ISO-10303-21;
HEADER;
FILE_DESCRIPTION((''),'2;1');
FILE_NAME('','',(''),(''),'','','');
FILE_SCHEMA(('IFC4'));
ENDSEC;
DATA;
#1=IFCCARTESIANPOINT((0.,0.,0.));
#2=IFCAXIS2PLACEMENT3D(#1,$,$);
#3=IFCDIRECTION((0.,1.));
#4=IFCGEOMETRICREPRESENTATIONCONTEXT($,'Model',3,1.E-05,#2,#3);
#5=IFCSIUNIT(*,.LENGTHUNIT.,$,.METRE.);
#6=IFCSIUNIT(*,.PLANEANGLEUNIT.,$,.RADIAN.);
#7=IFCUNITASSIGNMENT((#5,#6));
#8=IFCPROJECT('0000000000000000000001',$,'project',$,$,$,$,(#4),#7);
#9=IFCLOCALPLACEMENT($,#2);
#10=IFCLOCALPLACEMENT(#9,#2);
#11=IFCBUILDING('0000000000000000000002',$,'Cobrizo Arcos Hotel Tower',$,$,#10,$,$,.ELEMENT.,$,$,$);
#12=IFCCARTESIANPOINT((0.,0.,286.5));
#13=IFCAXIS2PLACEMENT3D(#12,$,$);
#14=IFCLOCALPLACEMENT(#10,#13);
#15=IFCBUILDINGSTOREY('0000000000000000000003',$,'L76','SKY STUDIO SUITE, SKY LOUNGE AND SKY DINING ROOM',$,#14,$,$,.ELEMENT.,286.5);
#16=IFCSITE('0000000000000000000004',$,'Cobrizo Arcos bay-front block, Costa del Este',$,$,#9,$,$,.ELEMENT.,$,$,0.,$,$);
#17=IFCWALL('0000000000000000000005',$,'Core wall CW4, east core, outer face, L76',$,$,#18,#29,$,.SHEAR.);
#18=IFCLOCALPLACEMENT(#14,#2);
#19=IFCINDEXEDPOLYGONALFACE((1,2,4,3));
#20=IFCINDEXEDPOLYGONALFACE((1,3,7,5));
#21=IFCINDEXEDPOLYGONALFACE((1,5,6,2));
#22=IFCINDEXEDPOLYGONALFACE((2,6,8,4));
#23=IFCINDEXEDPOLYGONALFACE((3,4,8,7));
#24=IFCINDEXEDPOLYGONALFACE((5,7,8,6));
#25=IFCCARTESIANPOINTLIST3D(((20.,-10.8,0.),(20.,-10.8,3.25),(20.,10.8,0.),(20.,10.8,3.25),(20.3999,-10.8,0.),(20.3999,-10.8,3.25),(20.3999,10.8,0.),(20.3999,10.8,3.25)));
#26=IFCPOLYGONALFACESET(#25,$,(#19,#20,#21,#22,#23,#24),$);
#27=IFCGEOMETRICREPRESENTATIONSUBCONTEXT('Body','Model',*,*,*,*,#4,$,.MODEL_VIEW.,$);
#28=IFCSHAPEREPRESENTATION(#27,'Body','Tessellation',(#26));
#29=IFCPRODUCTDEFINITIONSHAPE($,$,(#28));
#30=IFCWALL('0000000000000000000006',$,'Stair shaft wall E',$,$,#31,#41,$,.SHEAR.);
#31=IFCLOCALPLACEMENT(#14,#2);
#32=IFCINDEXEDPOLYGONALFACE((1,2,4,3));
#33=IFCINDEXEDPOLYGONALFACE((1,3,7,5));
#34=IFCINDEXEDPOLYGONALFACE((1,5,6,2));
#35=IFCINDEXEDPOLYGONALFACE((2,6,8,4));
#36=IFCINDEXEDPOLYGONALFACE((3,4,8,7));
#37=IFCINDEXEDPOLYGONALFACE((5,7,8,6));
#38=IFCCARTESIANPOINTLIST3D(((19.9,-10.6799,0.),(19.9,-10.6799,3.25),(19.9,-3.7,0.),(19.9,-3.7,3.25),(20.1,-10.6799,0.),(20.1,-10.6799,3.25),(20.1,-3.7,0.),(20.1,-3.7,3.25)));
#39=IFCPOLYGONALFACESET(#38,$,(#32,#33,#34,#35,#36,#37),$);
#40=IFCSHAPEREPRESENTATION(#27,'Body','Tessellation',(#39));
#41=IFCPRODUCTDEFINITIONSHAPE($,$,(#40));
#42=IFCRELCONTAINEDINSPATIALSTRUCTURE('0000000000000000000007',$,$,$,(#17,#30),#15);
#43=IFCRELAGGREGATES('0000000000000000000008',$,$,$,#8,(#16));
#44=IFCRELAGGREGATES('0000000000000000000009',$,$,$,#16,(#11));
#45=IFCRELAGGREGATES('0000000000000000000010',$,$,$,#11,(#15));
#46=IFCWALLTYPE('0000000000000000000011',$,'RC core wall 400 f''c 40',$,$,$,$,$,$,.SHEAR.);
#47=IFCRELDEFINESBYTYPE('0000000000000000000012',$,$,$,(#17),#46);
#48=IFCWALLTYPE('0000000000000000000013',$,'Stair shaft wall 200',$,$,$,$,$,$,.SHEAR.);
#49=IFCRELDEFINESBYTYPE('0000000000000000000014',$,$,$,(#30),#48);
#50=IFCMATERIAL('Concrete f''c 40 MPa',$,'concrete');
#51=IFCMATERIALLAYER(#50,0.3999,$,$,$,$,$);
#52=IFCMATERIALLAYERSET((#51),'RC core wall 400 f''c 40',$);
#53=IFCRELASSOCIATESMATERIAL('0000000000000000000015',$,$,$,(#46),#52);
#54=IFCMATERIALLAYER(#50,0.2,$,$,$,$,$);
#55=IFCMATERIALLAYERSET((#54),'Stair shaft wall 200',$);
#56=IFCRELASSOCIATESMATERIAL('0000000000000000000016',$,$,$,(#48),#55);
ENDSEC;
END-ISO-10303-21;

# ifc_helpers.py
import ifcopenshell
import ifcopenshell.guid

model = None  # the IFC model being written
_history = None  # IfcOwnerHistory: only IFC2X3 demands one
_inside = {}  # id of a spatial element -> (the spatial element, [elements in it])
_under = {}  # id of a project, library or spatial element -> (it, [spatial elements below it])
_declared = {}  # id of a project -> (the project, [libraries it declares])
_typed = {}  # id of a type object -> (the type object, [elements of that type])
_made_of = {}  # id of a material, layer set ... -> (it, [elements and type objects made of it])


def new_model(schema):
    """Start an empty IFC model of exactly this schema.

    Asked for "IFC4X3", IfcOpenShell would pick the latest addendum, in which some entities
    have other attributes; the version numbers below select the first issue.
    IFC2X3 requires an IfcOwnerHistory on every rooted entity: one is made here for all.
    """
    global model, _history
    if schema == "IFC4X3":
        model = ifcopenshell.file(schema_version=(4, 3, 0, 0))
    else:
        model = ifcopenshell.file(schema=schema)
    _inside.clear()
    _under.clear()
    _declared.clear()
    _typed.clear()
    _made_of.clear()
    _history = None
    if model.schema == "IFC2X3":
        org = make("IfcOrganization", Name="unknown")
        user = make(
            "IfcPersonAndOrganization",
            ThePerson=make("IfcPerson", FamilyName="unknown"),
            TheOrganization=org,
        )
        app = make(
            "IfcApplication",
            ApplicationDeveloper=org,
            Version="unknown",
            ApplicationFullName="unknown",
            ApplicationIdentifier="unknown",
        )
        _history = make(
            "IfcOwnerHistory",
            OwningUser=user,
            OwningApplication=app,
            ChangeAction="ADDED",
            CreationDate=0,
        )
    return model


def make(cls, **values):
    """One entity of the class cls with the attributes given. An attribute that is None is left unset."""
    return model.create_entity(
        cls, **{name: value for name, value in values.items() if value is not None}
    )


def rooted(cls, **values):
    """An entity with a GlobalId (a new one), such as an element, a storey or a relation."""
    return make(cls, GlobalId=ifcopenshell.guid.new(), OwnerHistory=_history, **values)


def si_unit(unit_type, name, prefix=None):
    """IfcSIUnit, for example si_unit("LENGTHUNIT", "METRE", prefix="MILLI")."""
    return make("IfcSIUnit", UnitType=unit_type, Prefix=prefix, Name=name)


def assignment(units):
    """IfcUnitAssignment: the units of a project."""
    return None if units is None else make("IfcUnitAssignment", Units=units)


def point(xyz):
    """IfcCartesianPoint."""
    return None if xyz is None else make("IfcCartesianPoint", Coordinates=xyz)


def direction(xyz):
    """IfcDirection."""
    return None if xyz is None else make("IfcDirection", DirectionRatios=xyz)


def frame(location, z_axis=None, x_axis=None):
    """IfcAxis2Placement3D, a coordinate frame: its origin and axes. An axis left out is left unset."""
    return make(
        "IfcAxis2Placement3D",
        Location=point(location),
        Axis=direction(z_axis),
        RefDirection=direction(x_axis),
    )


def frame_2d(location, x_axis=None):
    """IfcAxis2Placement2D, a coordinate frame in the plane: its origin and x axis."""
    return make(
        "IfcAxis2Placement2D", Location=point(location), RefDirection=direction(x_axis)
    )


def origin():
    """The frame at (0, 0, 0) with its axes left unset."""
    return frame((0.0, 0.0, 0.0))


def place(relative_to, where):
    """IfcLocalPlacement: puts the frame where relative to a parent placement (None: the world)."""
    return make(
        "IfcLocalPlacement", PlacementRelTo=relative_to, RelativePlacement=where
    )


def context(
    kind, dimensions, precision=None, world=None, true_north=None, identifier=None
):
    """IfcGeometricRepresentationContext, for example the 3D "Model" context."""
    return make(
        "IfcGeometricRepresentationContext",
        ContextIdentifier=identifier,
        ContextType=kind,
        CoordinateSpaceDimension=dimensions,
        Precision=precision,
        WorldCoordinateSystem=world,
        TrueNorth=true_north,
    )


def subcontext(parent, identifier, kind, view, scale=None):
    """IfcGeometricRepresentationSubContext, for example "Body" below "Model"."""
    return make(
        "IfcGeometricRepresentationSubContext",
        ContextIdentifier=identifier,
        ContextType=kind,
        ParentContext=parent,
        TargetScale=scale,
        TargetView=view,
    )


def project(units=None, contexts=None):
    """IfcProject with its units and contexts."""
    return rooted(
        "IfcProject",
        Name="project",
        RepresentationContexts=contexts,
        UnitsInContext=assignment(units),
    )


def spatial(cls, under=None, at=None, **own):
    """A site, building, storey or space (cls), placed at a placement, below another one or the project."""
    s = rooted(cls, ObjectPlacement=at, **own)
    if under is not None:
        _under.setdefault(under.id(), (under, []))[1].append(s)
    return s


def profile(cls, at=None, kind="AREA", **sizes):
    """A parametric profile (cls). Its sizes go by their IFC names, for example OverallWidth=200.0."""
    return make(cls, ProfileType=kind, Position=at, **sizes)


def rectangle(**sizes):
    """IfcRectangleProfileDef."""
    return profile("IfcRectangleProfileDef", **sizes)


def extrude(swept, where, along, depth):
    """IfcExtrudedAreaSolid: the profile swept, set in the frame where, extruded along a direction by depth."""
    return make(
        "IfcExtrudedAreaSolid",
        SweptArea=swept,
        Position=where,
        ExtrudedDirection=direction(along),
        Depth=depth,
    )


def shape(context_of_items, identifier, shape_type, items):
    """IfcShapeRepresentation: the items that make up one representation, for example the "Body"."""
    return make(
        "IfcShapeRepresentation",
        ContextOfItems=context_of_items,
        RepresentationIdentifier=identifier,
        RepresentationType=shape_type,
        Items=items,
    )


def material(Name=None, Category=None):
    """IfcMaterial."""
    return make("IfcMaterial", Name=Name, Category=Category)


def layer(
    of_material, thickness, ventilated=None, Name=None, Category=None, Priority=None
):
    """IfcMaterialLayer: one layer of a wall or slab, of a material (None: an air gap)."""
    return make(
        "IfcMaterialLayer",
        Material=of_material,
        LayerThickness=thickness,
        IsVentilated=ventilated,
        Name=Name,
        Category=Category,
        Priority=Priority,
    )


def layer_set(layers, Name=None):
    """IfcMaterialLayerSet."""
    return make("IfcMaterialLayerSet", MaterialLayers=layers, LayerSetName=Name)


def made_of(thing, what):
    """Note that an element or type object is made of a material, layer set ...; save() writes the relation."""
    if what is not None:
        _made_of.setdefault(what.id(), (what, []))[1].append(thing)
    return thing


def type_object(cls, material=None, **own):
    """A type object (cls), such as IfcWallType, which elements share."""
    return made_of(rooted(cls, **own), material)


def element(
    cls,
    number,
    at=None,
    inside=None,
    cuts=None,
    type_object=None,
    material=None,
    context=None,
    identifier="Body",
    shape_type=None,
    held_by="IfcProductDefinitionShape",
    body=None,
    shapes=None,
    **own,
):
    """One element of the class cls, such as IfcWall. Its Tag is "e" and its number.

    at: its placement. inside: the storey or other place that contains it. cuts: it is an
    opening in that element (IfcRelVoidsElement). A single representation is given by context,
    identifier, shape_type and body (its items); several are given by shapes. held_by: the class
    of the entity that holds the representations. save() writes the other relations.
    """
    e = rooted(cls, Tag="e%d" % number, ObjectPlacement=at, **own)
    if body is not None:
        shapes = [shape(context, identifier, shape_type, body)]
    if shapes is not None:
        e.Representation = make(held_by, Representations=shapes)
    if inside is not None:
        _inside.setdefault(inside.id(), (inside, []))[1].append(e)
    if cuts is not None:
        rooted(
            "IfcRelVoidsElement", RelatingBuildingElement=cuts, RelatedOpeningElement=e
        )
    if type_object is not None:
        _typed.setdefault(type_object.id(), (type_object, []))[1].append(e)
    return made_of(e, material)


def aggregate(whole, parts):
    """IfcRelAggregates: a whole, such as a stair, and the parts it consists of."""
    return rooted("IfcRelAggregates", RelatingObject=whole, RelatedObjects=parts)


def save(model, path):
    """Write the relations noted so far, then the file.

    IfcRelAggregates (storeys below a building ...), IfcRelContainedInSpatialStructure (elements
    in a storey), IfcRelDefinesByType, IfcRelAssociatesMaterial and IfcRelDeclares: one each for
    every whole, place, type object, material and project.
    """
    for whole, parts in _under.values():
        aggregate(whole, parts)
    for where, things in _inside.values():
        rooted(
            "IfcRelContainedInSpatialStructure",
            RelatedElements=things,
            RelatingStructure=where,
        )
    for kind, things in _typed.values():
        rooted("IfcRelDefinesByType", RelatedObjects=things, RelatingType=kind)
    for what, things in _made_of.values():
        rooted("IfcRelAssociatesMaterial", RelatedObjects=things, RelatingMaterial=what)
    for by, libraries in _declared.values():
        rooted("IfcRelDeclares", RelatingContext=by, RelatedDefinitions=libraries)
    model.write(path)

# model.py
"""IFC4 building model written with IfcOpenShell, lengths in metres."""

from ifc_helpers import new_model, si_unit, direction, frame, frame_2d, origin, place, context, subcontext, project, spatial, rectangle, extrude, material, layer, layer_set, type_object, element, save


model = new_model("IFC4")

# Units and contexts
model_context = context("Model", 3, precision=1e-05, world=origin(), true_north=direction((0.0, 1.0)))
body_context = subcontext(model_context, "Body", "Model", "MODEL_VIEW")
ifc_project = project(units=[si_unit("LENGTHUNIT", "METRE"), si_unit("PLANEANGLEUNIT", "RADIAN")], contexts=[model_context])

# Site, building, storey
site_placement = place(None, origin())
site = spatial("IfcSite", under=ifc_project, at=site_placement, Name="Cobrizo Arcos bay-front block, Costa del Este", CompositionType="ELEMENT", RefElevation=0.0)
building_placement = place(site_placement, origin())
building = spatial("IfcBuilding", under=site, at=building_placement, Name="Cobrizo Arcos Hotel Tower", CompositionType="ELEMENT")
storey_placement = place(building_placement, frame((0.0, 0.0, 286.5)))
storey = spatial("IfcBuildingStorey", under=building, at=storey_placement, Name="L76", Description="SKY STUDIO SUITE, SKY LOUNGE AND SKY DINING ROOM", CompositionType="ELEMENT", Elevation=286.5)

# Shared definitions
ifc_material_1 = material(Name="Concrete f'c 40 MPa", Category="concrete")
ifc_layer_1 = layer(ifc_material_1, 0.3999)
ifc_layer_set_1 = layer_set([ifc_layer_1], Name="RC core wall 400 f'c 40")
wall_type_1 = type_object("IfcWallType", Name="RC core wall 400 f'c 40", PredefinedType="SHEAR", material=ifc_layer_set_1)

# Walls
wall_1_placement = place(storey_placement, frame((20.2, -10.8, 0.0), z_axis=(0.0, 0.0, 1.0), x_axis=(0.0, 1.0, 0.0)))
element("IfcWall", 1, at=wall_1_placement, inside=storey, type_object=wall_type_1, Name="Core wall CW4, east core, outer face, L76", PredefinedType="SHEAR", context=body_context, shape_type="SweptSolid", body=[
    extrude(rectangle(XDim=21.6001, YDim=0.3999, at=frame_2d((10.8, 0.0))), origin(), (0.0, 0.0, 1.0), 3.25),
])
ifc_layer_2 = layer(ifc_material_1, 0.2)
ifc_layer_set_2 = layer_set([ifc_layer_2], Name="Stair shaft wall 200")
wall_type_2 = type_object("IfcWallType", Name="Stair shaft wall 200", PredefinedType="SHEAR", material=ifc_layer_set_2)
wall_2_placement = place(storey_placement, frame((20.0, -10.6799, 0.0), z_axis=(0.0, 0.0, 1.0), x_axis=(0.0, 1.0, 0.0)))
element("IfcWall", 2, at=wall_2_placement, inside=storey, type_object=wall_type_2, Name="Stair shaft wall E", PredefinedType="SHEAR", context=body_context, shape_type="SweptSolid", body=[
    extrude(rectangle(XDim=6.98, YDim=0.2, at=frame_2d((3.49, 0.0))), origin(), (0.0, 0.0, 1.0), 3.25),
])

save(model, "model.ifc")
